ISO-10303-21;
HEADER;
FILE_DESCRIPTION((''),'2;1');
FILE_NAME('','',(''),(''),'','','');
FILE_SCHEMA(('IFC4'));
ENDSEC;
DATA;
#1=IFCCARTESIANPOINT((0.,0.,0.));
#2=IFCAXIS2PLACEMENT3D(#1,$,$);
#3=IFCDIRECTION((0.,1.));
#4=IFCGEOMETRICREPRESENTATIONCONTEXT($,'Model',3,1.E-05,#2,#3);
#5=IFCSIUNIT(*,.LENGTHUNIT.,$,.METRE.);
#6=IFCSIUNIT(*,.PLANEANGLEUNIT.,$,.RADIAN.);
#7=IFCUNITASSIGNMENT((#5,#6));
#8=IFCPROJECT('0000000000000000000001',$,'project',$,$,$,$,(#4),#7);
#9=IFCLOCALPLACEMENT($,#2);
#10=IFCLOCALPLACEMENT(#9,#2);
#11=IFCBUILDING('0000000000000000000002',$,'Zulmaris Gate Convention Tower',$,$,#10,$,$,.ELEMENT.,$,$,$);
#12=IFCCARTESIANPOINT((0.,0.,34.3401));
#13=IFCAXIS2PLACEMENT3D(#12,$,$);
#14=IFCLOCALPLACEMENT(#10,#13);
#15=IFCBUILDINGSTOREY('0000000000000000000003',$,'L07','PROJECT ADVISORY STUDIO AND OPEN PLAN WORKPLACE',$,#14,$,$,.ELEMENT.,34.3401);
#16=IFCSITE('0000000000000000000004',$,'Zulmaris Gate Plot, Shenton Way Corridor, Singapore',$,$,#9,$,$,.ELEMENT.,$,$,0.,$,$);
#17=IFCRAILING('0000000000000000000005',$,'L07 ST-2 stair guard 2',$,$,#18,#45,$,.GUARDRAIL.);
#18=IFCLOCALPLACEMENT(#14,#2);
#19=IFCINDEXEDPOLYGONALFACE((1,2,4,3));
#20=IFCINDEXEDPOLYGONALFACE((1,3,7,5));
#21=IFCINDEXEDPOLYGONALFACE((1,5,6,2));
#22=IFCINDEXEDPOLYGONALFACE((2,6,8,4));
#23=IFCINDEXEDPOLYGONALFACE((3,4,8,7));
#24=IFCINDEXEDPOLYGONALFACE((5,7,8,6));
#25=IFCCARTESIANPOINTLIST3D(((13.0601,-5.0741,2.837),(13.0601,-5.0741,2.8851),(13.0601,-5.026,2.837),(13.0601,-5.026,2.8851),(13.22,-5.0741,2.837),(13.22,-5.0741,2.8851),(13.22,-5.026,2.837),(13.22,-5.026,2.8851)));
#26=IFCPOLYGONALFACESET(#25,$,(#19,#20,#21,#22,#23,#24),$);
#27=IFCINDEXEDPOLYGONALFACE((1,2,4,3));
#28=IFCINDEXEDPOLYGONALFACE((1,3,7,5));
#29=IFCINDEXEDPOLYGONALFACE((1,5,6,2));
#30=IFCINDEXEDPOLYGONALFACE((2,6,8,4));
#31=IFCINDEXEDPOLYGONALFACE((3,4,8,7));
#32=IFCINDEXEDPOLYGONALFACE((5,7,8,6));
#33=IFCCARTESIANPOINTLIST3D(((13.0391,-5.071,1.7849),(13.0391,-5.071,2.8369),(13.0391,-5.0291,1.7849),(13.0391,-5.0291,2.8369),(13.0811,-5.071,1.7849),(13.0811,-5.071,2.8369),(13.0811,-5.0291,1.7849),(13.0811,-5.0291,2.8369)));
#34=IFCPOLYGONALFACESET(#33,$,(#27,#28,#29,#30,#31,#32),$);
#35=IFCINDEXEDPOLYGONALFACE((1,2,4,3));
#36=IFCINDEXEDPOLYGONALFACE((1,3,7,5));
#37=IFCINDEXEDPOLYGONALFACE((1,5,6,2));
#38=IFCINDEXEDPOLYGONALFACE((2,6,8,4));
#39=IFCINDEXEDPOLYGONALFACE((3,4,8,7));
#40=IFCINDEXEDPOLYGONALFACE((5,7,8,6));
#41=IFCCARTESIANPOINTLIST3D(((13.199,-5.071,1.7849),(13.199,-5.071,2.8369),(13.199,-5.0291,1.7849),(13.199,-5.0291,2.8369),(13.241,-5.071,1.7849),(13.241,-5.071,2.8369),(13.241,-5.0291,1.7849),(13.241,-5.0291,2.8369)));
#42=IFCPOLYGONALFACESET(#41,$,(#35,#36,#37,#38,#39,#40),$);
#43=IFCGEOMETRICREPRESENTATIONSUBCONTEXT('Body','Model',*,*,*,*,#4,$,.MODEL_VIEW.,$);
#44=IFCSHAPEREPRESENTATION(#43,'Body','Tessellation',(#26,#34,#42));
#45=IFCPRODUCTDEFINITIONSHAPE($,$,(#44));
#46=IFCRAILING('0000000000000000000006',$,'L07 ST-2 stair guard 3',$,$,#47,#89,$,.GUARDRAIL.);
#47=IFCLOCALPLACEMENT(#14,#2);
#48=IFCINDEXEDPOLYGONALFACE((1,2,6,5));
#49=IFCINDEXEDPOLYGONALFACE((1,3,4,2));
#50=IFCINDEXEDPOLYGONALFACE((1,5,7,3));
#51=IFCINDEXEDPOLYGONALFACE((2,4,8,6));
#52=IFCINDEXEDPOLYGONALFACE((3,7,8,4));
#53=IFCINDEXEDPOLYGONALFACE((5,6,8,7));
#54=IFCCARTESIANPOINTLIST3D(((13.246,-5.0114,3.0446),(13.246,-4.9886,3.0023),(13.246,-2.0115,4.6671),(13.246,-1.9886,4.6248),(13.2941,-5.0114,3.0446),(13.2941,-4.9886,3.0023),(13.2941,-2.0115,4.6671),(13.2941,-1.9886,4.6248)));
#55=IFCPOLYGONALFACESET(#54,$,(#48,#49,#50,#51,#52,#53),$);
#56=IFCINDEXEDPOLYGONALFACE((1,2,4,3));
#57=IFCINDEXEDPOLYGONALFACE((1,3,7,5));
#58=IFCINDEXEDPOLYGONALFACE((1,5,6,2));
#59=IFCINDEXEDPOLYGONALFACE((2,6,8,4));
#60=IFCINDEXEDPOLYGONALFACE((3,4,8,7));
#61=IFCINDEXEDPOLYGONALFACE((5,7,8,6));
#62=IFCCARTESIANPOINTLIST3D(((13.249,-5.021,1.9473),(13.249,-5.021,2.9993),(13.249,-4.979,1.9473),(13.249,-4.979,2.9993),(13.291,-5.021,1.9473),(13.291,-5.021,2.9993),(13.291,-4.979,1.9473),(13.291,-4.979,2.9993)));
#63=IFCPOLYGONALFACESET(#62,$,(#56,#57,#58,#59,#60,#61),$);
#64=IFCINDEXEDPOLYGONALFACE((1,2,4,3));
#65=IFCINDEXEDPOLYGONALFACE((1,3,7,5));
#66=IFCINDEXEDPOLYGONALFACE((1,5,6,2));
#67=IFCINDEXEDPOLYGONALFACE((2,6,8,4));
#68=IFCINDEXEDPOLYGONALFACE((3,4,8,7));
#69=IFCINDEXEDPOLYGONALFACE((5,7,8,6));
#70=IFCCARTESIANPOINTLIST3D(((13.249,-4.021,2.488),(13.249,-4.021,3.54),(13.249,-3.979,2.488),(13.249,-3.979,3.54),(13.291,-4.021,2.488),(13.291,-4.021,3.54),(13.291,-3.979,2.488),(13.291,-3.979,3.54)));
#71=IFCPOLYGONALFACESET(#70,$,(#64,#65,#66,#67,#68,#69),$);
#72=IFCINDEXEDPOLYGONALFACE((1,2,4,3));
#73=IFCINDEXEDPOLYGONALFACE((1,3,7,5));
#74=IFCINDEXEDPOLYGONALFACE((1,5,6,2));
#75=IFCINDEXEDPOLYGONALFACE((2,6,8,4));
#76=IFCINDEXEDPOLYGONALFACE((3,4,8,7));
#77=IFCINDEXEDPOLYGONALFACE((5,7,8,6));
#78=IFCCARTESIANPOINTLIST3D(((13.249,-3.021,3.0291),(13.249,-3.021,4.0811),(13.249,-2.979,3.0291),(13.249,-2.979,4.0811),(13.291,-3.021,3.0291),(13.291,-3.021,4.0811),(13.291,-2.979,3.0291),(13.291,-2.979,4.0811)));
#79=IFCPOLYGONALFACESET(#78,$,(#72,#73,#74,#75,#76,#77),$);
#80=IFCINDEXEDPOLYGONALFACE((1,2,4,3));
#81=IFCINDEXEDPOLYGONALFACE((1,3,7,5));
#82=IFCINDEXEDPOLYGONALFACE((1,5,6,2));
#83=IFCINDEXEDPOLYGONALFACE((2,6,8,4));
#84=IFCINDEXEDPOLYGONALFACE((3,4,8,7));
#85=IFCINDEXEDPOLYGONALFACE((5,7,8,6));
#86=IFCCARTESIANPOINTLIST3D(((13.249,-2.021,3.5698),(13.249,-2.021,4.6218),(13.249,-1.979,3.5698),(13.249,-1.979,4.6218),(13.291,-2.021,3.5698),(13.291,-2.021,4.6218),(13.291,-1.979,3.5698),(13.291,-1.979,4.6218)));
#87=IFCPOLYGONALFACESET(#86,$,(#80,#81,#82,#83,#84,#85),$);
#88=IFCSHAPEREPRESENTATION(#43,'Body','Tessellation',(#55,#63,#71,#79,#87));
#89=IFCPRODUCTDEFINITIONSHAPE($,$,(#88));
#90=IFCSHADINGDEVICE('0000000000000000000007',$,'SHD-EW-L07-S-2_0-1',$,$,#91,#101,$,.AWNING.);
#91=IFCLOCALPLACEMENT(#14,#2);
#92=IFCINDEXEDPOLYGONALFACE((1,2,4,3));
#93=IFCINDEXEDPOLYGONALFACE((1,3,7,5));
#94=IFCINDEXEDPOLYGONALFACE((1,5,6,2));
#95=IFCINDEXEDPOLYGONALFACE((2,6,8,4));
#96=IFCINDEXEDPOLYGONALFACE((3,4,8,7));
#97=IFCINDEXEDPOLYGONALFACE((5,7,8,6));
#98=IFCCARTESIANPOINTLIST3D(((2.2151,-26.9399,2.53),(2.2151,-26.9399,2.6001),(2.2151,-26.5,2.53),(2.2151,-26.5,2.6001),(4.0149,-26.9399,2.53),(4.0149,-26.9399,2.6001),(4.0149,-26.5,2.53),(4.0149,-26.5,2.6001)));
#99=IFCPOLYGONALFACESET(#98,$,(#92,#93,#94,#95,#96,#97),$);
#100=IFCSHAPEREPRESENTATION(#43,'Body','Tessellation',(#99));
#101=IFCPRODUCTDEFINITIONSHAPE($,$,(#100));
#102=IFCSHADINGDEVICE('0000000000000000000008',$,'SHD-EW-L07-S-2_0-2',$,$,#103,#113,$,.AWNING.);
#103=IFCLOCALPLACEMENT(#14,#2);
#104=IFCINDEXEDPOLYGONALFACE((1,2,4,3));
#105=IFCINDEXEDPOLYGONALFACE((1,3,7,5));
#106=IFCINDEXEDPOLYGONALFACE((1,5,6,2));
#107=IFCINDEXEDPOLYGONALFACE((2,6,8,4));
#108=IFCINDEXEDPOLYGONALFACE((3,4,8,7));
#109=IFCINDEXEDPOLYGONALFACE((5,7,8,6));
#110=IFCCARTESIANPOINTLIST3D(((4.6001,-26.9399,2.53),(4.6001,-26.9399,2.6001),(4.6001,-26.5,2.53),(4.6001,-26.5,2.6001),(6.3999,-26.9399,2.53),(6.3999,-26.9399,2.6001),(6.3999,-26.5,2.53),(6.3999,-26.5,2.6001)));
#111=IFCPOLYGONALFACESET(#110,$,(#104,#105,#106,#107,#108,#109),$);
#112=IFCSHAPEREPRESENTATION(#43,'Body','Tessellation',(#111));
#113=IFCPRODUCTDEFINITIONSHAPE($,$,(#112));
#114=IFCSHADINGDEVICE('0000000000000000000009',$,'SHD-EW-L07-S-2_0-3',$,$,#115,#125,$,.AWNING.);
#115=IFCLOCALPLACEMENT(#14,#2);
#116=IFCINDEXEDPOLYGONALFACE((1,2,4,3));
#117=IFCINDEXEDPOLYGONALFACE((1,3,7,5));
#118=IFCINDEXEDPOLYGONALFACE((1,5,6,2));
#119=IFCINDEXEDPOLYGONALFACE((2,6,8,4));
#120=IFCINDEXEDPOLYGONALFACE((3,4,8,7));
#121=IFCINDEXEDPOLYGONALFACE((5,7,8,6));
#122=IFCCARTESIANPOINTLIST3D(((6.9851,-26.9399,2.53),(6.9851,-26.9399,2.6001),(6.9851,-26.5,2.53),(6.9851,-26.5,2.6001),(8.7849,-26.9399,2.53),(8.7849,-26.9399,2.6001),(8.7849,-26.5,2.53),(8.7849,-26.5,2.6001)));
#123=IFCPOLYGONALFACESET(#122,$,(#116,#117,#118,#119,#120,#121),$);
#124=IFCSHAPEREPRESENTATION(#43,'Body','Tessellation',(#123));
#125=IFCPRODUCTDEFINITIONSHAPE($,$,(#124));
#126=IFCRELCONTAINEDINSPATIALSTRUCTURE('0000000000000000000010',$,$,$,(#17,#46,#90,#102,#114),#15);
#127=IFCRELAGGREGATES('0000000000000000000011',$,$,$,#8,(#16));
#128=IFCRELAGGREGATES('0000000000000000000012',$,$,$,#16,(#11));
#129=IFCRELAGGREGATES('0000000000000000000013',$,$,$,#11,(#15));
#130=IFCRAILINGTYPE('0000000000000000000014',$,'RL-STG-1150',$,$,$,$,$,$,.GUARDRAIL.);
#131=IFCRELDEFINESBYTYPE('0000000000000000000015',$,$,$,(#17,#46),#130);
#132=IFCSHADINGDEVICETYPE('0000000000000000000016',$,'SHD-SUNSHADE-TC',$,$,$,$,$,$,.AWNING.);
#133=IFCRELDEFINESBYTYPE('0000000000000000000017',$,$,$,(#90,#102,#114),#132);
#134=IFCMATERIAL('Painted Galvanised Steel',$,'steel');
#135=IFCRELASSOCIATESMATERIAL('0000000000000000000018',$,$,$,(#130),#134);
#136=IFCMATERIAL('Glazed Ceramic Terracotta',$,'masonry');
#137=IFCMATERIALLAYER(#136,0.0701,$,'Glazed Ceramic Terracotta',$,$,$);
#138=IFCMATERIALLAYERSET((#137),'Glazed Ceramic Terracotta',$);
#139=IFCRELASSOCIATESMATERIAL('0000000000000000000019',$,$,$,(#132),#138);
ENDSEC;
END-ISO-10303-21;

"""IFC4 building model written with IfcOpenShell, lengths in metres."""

from ifc_helpers import new_model, si_unit, direction, frame, frame_2d, origin, origin_2d, place, context, subcontext, project, spatial, rectangle, extrude, material, layer, layer_set, type_object, element, save


model = new_model("IFC4")

# Units and contexts
model_context = context("Model", 3, precision=1e-05, world=origin(), true_north=direction((0.0, 1.0)))
body_context = subcontext(model_context, "Body", "Model", "MODEL_VIEW")
ifc_project = project(units=[si_unit("LENGTHUNIT", "METRE"), si_unit("PLANEANGLEUNIT", "RADIAN")], contexts=[model_context])

# Site, building, storey
site_placement = place(None, origin())
site = spatial("IfcSite", under=ifc_project, at=site_placement, Name="Zulmaris Gate Plot, Shenton Way Corridor, Singapore", CompositionType="ELEMENT", RefElevation=0.0)
building_placement = place(site_placement, origin())
building = spatial("IfcBuilding", under=site, at=building_placement, Name="Zulmaris Gate Convention Tower", CompositionType="ELEMENT")
storey_placement = place(building_placement, frame((0.0, 0.0, 34.3401)))
storey = spatial("IfcBuildingStorey", under=building, at=storey_placement, Name="L07", Description="PROJECT ADVISORY STUDIO AND OPEN PLAN WORKPLACE", CompositionType="ELEMENT", Elevation=34.3401)

# Railings
ifc_material_1 = material(Name="Painted Galvanised Steel", Category="steel")
railing_type = type_object("IfcRailingType", Name="RL-STG-1150", PredefinedType="GUARDRAIL", material=ifc_material_1)
railing_1_placement = place(storey_placement, frame((13.0601, -5.05, 1.7849)))
element("IfcRailing", 1, at=railing_1_placement, inside=storey, type_object=railing_type, Name="L07 ST-2 stair guard 2", PredefinedType="GUARDRAIL", context=body_context, shape_type="SweptSolid", body=[
    extrude(rectangle(XDim=0.0481, YDim=0.0481, at=origin_2d()), frame((0.0, 0.0, 1.0762), z_axis=(1.0, 0.0, 0.0), x_axis=(0.0, 1.0, 0.0)), (0.0, 0.0, 1.0), 0.1599),
    extrude(rectangle(XDim=0.042, YDim=0.042, at=origin_2d()), origin(), (0.0, 0.0, 1.0), 1.052),
    extrude(rectangle(XDim=0.042, YDim=0.042, at=origin_2d()), frame((0.1599, 0.0, 0.0)), (0.0, 0.0, 1.0), 1.052),
])
railing_2_placement = place(storey_placement, frame((13.27, -5.0, 1.9473)))
element("IfcRailing", 2, at=railing_2_placement, inside=storey, type_object=railing_type, Name="L07 ST-2 stair guard 3", PredefinedType="GUARDRAIL", context=body_context, shape_type="SweptSolid", body=[
    extrude(rectangle(XDim=0.0481, YDim=0.0481, at=origin_2d()), frame((0.0, 0.0, 1.0762), z_axis=(0.0, 0.879592, 0.47573), x_axis=(-1.0, 0.0, 0.0)), (0.0, 0.0, 1.0), 3.4106),
    extrude(rectangle(XDim=0.042, YDim=0.042, at=origin_2d()), origin(), (0.0, 0.0, 1.0), 1.052),
    extrude(rectangle(XDim=0.042, YDim=0.042, at=origin_2d()), frame((0.0, 1.0, 0.5408)), (0.0, 0.0, 1.0), 1.052),
    extrude(rectangle(XDim=0.042, YDim=0.042, at=origin_2d()), frame((0.0, 2.0, 1.0818)), (0.0, 0.0, 1.0), 1.052),
    extrude(rectangle(XDim=0.042, YDim=0.042, at=origin_2d()), frame((0.0, 3.0, 1.6226)), (0.0, 0.0, 1.0), 1.052),
])

# Shading devices
ifc_material_2 = material(Name="Glazed Ceramic Terracotta", Category="masonry")
ifc_layer_1 = layer(ifc_material_2, 0.0701, Name="Glazed Ceramic Terracotta")
ifc_layer_set_1 = layer_set([ifc_layer_1], Name="Glazed Ceramic Terracotta")
shading_device_type = type_object("IfcShadingDeviceType", Name="SHD-SUNSHADE-TC", PredefinedType="AWNING", material=ifc_layer_set_1)
for number, where, z_axis, x_axis, name in (
    (3, (2.2151, -26.72, 2.53), (0.0, 0.0, 1.0), (1.0, 0.0, 0.0), "SHD-EW-L07-S-2_0-1"),
    (4, (4.6001, -26.72, 2.53), (0.0, 0.0, 1.0), (1.0, 0.0, 0.0), "SHD-EW-L07-S-2_0-2"),
    (5, (6.9851, -26.72, 2.53), (0.0, 0.0, 1.0), (1.0, 0.0, 0.0), "SHD-EW-L07-S-2_0-3"),
):
    element("IfcShadingDevice", number, at=place(storey_placement, frame(where, z_axis=z_axis, x_axis=x_axis)), inside=storey, type_object=shading_device_type, Name=name, PredefinedType="AWNING", context=body_context, shape_type="SweptSolid", body=[
        extrude(rectangle(XDim=1.7998, YDim=0.4399, at=frame_2d((0.8999, 0.0))), origin(), (0.0, 0.0, 1.0), 0.0701),
    ])

save(model, "model.ifc")
